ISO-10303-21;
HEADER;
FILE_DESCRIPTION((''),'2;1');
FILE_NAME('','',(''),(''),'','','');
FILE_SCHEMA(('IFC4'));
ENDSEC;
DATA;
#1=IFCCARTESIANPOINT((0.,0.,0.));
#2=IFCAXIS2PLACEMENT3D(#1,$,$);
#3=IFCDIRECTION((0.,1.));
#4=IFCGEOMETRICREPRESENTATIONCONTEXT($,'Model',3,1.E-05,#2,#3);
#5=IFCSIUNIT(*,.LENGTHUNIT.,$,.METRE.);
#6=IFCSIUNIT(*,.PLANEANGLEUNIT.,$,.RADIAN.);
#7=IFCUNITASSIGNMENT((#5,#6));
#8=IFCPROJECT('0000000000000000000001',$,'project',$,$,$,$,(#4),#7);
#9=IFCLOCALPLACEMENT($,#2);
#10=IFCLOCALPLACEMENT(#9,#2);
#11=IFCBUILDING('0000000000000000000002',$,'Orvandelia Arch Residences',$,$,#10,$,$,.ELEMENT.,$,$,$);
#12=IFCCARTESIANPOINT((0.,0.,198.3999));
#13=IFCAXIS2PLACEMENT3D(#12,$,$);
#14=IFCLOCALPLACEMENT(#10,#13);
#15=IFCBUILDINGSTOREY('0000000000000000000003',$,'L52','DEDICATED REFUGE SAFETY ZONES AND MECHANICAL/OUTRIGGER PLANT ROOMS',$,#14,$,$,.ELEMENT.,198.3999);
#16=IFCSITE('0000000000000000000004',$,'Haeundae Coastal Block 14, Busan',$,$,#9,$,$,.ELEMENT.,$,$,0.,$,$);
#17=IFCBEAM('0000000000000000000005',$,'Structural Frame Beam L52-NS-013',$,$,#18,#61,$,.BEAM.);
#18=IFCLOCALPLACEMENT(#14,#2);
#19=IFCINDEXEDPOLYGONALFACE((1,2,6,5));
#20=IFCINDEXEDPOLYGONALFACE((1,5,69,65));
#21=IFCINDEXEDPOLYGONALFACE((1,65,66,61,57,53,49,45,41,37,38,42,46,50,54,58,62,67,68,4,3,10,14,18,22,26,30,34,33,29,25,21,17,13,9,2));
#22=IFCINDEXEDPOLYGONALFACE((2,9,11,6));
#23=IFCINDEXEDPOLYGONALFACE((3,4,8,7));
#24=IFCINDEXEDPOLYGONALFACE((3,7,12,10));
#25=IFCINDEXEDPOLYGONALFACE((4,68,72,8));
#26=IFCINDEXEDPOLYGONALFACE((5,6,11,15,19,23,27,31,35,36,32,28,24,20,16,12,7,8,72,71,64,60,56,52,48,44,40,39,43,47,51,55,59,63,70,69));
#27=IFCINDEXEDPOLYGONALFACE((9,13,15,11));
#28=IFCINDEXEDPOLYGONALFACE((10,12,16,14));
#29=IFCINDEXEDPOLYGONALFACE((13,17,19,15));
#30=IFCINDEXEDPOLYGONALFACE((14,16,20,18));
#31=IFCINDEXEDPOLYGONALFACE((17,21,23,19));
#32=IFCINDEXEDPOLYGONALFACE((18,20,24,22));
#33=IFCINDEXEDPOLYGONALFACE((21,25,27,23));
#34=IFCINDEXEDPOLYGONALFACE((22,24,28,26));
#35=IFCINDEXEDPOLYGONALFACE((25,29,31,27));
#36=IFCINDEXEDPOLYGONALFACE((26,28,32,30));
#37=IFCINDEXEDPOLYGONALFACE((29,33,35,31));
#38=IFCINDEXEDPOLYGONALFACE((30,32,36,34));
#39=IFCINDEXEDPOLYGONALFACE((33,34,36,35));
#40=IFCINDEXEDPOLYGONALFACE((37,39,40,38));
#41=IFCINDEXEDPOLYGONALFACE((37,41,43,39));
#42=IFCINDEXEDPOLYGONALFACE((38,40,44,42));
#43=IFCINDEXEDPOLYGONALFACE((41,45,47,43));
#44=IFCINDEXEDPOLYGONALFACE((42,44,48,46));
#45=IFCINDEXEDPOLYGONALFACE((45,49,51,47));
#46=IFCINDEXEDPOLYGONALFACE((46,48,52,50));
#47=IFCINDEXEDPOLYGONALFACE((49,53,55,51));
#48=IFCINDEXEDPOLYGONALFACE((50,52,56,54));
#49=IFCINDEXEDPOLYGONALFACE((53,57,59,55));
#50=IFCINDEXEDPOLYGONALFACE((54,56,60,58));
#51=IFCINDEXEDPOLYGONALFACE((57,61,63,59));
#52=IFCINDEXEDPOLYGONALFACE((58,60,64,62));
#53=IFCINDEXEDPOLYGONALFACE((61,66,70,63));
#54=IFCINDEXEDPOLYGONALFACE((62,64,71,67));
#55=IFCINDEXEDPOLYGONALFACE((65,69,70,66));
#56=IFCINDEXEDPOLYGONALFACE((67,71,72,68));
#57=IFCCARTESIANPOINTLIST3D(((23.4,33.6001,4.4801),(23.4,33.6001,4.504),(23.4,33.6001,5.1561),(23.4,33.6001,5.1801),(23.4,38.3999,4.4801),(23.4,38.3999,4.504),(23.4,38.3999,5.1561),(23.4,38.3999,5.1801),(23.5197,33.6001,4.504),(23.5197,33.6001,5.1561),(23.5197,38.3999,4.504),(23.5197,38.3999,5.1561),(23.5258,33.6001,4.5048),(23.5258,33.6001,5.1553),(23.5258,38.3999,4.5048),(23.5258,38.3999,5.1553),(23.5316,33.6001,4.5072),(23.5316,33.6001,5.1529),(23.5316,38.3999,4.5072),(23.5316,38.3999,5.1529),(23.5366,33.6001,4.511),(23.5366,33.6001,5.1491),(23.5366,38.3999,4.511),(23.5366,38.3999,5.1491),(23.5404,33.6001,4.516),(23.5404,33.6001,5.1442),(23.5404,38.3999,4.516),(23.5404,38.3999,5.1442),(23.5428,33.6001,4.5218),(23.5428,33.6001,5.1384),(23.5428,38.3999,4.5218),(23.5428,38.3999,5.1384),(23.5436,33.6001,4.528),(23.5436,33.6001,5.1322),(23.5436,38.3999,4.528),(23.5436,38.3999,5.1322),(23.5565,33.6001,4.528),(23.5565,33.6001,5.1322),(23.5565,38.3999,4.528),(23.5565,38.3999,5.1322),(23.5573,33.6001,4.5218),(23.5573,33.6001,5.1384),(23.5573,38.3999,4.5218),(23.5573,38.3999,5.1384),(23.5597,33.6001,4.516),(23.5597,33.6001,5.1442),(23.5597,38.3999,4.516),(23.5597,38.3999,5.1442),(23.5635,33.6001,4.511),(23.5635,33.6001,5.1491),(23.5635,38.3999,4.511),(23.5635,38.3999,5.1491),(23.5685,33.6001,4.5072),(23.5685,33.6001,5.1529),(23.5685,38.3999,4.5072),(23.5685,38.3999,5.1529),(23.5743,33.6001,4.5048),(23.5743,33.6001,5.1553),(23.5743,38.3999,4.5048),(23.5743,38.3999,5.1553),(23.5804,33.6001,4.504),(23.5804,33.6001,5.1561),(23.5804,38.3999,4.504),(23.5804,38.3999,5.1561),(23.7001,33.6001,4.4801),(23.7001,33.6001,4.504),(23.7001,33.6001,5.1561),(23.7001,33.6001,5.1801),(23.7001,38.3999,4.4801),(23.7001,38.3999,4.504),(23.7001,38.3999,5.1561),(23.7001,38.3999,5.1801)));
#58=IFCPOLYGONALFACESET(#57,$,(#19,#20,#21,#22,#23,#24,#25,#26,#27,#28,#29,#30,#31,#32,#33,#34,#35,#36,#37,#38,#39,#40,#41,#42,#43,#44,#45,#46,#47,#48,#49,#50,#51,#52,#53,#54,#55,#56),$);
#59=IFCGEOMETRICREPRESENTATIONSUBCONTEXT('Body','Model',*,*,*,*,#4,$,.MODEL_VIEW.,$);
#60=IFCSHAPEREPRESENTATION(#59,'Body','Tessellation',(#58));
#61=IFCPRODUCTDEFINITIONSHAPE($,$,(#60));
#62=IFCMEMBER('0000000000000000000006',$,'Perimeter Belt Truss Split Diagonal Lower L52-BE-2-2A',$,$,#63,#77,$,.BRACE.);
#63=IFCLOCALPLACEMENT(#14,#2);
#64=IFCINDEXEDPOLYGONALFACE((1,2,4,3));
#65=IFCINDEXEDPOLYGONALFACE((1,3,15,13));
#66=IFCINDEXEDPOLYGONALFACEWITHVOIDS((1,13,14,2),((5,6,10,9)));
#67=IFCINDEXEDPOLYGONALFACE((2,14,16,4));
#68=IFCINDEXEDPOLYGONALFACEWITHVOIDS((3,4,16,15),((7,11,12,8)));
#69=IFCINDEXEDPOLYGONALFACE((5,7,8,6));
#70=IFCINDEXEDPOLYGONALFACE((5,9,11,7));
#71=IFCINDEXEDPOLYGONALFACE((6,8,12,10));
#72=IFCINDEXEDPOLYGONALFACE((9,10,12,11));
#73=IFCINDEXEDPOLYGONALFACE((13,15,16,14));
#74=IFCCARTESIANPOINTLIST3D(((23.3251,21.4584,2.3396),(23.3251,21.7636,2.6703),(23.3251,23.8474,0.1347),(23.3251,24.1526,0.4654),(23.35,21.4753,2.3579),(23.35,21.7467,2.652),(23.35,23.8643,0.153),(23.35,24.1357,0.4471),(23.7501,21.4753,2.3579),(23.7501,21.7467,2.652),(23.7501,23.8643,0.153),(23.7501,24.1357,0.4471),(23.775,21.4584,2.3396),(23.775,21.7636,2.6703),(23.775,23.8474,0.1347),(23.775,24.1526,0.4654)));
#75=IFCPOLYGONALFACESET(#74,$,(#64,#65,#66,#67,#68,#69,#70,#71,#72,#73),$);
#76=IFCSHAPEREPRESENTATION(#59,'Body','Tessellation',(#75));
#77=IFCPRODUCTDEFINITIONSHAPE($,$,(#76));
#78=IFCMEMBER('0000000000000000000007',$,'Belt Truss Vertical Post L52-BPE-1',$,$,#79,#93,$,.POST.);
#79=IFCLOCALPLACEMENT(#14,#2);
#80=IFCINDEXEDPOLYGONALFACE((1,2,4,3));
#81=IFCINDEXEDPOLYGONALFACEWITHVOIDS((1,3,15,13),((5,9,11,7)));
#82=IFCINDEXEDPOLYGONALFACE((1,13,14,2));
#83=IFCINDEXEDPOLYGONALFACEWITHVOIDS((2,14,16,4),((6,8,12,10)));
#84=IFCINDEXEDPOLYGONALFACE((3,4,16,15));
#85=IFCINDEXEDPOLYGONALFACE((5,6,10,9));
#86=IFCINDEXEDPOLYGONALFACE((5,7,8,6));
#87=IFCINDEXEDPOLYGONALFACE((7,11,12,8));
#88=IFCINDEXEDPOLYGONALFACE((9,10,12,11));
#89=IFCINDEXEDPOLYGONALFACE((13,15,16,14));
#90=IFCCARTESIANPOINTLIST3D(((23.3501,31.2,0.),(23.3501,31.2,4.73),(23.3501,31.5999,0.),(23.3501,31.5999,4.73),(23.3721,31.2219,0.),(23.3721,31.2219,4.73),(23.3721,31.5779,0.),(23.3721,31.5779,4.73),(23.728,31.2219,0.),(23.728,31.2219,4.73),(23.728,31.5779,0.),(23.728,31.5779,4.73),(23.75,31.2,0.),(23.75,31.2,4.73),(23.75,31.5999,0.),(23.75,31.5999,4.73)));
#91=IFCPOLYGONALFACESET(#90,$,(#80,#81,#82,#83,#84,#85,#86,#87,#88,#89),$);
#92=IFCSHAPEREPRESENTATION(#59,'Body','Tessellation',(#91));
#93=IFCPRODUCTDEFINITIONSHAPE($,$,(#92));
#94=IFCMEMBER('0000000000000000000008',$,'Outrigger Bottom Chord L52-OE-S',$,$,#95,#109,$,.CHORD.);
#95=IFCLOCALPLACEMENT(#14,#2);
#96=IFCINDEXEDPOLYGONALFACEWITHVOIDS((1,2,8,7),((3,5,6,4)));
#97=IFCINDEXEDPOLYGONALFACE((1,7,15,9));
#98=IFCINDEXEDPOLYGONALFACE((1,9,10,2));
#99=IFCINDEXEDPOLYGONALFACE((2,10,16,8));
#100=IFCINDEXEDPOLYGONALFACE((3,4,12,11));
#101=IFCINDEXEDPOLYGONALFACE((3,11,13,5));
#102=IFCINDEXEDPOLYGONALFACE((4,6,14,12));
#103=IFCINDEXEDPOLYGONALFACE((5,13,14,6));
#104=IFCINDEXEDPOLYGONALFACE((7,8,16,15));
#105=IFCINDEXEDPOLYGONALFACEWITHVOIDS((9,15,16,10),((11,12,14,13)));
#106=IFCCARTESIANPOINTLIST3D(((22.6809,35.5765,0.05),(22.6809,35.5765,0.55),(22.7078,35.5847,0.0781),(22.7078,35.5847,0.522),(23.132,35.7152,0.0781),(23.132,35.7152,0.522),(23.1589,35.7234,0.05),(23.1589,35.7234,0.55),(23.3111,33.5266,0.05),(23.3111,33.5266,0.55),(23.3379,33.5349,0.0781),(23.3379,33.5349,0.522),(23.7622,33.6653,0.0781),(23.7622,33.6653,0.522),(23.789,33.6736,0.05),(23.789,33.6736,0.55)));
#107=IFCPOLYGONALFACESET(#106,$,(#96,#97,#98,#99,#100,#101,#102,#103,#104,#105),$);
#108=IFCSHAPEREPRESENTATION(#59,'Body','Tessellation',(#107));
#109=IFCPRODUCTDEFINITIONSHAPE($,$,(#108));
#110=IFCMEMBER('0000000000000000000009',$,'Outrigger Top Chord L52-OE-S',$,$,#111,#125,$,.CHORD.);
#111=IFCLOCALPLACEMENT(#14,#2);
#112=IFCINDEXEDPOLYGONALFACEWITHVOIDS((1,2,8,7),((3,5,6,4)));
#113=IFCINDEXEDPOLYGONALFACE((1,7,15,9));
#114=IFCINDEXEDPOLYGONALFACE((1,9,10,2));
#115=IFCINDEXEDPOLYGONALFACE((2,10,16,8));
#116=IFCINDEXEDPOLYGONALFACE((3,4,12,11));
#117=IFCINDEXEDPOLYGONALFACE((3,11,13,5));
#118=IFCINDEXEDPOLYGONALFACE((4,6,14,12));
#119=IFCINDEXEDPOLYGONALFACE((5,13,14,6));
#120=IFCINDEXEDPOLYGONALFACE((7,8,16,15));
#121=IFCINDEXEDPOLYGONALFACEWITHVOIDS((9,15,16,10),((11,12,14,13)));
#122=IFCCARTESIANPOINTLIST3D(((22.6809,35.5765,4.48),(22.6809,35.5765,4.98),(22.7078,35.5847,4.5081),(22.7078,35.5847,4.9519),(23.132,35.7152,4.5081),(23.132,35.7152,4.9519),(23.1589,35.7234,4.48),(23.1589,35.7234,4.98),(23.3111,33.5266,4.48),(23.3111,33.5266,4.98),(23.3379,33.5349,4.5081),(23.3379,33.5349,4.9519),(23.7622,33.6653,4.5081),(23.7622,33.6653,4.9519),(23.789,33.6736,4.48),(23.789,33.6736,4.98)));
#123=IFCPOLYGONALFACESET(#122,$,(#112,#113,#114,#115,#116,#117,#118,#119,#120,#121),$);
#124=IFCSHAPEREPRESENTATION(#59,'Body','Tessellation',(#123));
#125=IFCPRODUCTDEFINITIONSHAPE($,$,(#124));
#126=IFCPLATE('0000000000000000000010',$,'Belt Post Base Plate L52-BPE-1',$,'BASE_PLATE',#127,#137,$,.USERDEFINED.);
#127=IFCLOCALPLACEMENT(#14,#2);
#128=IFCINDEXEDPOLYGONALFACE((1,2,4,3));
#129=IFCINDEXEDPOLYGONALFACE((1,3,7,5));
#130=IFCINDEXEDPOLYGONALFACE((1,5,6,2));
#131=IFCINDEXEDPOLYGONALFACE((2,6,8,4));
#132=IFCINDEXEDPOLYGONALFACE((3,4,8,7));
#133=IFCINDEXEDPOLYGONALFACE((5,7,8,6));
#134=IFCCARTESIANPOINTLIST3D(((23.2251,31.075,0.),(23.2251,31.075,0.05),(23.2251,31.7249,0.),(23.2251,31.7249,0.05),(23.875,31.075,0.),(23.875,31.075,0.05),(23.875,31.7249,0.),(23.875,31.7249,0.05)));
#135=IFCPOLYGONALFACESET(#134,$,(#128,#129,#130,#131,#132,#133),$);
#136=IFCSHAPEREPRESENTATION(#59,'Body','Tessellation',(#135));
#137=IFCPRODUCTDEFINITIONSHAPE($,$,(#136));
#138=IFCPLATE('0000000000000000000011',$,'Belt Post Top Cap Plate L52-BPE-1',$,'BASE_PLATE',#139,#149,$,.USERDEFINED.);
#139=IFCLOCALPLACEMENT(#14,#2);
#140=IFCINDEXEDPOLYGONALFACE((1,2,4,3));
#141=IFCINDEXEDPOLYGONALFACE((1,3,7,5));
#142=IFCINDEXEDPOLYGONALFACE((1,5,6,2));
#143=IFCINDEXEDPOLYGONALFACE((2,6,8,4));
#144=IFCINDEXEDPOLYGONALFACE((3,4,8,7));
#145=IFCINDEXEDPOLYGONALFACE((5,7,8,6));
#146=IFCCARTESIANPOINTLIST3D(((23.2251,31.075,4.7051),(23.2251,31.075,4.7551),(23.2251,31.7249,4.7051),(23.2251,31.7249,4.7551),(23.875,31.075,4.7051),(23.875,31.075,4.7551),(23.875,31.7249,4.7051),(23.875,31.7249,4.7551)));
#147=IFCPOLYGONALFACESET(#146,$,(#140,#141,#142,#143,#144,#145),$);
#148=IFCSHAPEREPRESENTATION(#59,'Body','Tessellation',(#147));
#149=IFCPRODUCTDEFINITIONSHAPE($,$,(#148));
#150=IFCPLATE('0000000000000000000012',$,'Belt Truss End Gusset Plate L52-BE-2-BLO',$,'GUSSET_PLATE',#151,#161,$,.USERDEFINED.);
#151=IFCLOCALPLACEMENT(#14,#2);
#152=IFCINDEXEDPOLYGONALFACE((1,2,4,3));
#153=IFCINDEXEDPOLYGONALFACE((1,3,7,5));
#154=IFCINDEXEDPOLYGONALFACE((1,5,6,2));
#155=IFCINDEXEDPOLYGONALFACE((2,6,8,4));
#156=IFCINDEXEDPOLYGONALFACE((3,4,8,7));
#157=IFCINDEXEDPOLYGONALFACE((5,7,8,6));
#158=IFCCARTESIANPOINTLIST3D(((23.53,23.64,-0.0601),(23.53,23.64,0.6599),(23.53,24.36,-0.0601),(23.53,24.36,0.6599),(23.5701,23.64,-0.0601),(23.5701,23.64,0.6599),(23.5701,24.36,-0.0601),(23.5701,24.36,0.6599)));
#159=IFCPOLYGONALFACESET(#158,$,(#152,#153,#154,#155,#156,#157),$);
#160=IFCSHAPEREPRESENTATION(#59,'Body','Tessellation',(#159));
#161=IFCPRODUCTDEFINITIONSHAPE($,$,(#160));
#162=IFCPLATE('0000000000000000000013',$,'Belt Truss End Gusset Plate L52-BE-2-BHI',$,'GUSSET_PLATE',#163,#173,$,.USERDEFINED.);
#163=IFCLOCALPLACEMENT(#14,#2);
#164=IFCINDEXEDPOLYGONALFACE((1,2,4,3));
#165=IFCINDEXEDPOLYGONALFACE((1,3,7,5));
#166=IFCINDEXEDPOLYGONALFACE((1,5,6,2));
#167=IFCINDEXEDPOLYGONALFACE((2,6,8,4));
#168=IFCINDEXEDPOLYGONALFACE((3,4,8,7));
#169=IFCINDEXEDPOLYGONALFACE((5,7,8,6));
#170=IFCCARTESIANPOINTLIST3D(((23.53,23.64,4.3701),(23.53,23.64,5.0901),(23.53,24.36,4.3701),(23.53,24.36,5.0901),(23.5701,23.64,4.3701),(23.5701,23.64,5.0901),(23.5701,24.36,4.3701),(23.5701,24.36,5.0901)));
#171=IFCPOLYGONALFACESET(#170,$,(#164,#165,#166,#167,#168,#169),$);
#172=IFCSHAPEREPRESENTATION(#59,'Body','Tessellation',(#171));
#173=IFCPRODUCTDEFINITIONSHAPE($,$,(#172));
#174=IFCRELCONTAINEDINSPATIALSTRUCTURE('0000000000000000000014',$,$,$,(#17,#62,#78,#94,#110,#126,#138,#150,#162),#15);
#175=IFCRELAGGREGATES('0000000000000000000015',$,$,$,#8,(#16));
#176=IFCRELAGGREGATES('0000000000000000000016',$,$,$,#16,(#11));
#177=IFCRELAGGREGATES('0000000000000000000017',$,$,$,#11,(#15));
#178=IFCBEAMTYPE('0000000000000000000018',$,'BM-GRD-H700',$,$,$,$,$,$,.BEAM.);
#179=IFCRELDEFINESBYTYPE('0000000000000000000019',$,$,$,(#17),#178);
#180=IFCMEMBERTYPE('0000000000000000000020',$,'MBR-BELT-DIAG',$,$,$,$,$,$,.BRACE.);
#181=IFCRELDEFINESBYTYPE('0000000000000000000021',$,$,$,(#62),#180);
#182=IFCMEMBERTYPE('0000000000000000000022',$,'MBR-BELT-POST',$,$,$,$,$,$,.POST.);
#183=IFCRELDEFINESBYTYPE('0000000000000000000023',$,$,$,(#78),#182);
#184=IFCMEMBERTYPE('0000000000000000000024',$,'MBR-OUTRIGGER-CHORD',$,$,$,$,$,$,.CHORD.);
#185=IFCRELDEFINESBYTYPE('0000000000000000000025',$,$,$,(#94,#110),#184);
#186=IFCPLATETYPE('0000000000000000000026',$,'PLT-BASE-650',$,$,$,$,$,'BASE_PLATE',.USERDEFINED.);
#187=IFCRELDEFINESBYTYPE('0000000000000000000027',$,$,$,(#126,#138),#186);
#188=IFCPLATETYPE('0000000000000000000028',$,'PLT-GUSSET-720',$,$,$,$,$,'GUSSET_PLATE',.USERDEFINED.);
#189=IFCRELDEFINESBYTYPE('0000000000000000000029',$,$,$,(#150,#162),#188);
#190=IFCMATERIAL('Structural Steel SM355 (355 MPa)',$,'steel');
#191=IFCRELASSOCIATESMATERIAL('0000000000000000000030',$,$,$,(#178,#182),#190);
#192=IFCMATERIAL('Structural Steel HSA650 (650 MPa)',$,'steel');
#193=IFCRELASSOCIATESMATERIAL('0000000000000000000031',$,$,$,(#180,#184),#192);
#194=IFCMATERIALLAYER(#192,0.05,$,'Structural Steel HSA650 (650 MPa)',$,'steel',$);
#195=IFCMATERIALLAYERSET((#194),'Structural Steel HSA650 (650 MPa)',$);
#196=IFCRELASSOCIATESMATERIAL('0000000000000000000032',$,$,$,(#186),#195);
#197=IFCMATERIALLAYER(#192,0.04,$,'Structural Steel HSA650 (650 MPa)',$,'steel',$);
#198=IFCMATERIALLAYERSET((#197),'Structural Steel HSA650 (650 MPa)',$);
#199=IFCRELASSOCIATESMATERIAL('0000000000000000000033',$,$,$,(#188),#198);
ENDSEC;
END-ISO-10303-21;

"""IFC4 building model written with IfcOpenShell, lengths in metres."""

from ifc_helpers import new_model, si_unit, direction, frame, origin, origin_2d, place, context, subcontext, project, spatial, rectangle, hollow_rectangle, i_section, extrude, material, layer, layer_set, material_profile, profile_set, type_object, element, save


model = new_model("IFC4")

# Units and contexts
model_context = context("Model", 3, precision=1e-05, world=origin(), true_north=direction((0.0, 1.0)))
body_context = subcontext(model_context, "Body", "Model", "MODEL_VIEW")
ifc_project = project(units=[si_unit("LENGTHUNIT", "METRE"), si_unit("PLANEANGLEUNIT", "RADIAN")], contexts=[model_context])

# Site, building, storey
site_placement = place(None, origin())
site = spatial("IfcSite", under=ifc_project, at=site_placement, Name="Haeundae Coastal Block 14, Busan", CompositionType="ELEMENT", RefElevation=0.0)
building_placement = place(site_placement, origin())
building = spatial("IfcBuilding", under=site, at=building_placement, Name="Orvandelia Arch Residences", CompositionType="ELEMENT")
storey_placement = place(building_placement, frame((0.0, 0.0, 198.3999)))
storey = spatial("IfcBuildingStorey", under=building, at=storey_placement, Name="L52", Description="DEDICATED REFUGE SAFETY ZONES AND MECHANICAL/OUTRIGGER PLANT ROOMS", CompositionType="ELEMENT", Elevation=198.3999)

# Beam
ifc_material_1 = material(Name="Structural Steel SM355 (355 MPa)", Category="steel")
ifc_material_profile_1 = material_profile(ifc_material_1, i_section(OverallWidth=0.3, OverallDepth=0.7, WebThickness=0.0129, FlangeThickness=0.0239, FilletRadius=0.0239, at=origin_2d()), Name="Structural Steel SM355 (355 MPa)", Category="steel")
ifc_profile_set_1 = profile_set([ifc_material_profile_1], Name="Structural Steel SM355 (355 MPa)")
beam_type = type_object("IfcBeamType", Name="BM-GRD-H700", PredefinedType="BEAM", material=ifc_profile_set_1)
beam_1_placement = place(storey_placement, frame((23.55, 33.6001, 4.8301), z_axis=(0.0, 1.0, 0.0), x_axis=(-1.0, 0.0, 0.0)))
element("IfcBeam", 1, at=beam_1_placement, inside=storey, type_object=beam_type, Name="Structural Frame Beam L52-NS-013", PredefinedType="BEAM", context=body_context, shape_type="SweptSolid", body=[
    extrude(i_section(OverallWidth=0.3, OverallDepth=0.7, WebThickness=0.0129, FlangeThickness=0.0239, FilletRadius=0.0239, at=origin_2d()), origin(), (0.0, 0.0, 1.0), 4.7998),
])

# Members
ifc_material_2 = material(Name="Structural Steel HSA650 (650 MPa)", Category="steel")
ifc_material_profile_2 = material_profile(ifc_material_2, hollow_rectangle(XDim=0.45, YDim=0.45, WallThickness=0.0249, at=origin_2d()), Name="Structural Steel HSA650 (650 MPa)", Category="steel")
ifc_profile_set_2 = profile_set([ifc_material_profile_2], Name="Structural Steel HSA650 (650 MPa)")
member_type_1 = type_object("IfcMemberType", Name="MBR-BELT-DIAG", PredefinedType="BRACE", material=ifc_profile_set_2)
member_1_placement = place(storey_placement, frame((23.55, 24.0, 0.3), z_axis=(0.0, -0.734852, 0.678227), x_axis=(1.0, 0.0, 0.0)))
element("IfcMember", 2, at=member_1_placement, inside=storey, type_object=member_type_1, Name="Perimeter Belt Truss Split Diagonal Lower L52-BE-2-2A", PredefinedType="BRACE", context=body_context, shape_type="SweptSolid", body=[
    extrude(hollow_rectangle(XDim=0.45, YDim=0.45, WallThickness=0.0249, at=origin_2d()), origin(), (0.0, 0.0, 1.0), 3.251),
])
ifc_material_profile_3 = material_profile(ifc_material_1, hollow_rectangle(XDim=0.3999, YDim=0.3999, WallThickness=0.022, at=origin_2d()), Name="Structural Steel SM355 (355 MPa)", Category="steel")
ifc_profile_set_3 = profile_set([ifc_material_profile_3], Name="Structural Steel SM355 (355 MPa)")
member_type_2 = type_object("IfcMemberType", Name="MBR-BELT-POST", PredefinedType="POST", material=ifc_profile_set_3)
member_2_placement = place(storey_placement, frame((23.55, 31.3999, 0.0), z_axis=(0.0, 0.0, 1.0), x_axis=(1.0, 0.0, 0.0)))
element("IfcMember", 3, at=member_2_placement, inside=storey, type_object=member_type_2, Name="Belt Truss Vertical Post L52-BPE-1", PredefinedType="POST", context=body_context, shape_type="SweptSolid", body=[
    extrude(hollow_rectangle(XDim=0.3999, YDim=0.3999, WallThickness=0.022, at=origin_2d()), origin(), (0.0, 0.0, 1.0), 4.73),
])
ifc_material_profile_4 = material_profile(ifc_material_2, hollow_rectangle(XDim=0.5, YDim=0.5, WallThickness=0.0281, at=origin_2d()), Name="Structural Steel HSA650 (650 MPa)", Category="steel")
ifc_profile_set_4 = profile_set([ifc_material_profile_4], Name="Structural Steel HSA650 (650 MPa)")
member_type_3 = type_object("IfcMemberType", Name="MBR-OUTRIGGER-CHORD", PredefinedType="CHORD", material=ifc_profile_set_4)
for number, where, z_axis, x_axis, name in (
    (4, (23.55, 33.6001, 0.3), (-0.293838, 0.955855, 0.0), (-0.955855, -0.293838, 0.0), "Outrigger Bottom Chord L52-OE-S"),
    (5, (23.55, 33.6001, 4.73), (-0.293838, 0.955855, 0.0), (-0.955855, -0.293838, 0.0), "Outrigger Top Chord L52-OE-S"),
):
    element("IfcMember", number, at=place(storey_placement, frame(where, z_axis=z_axis, x_axis=x_axis)), inside=storey, type_object=member_type_3, Name=name, PredefinedType="CHORD", context=body_context, shape_type="SweptSolid", body=[
        extrude(hollow_rectangle(XDim=0.5, YDim=0.5, WallThickness=0.0281, at=origin_2d()), origin(), (0.0, 0.0, 1.0), 2.1445),
    ])

# Plates
ifc_layer_1 = layer(ifc_material_2, 0.05, Name="Structural Steel HSA650 (650 MPa)", Category="steel")
ifc_layer_set_1 = layer_set([ifc_layer_1], Name="Structural Steel HSA650 (650 MPa)")
plate_type_1 = type_object("IfcPlateType", Name="PLT-BASE-650", ElementType="BASE_PLATE", PredefinedType="USERDEFINED", material=ifc_layer_set_1)
for number, where, z_axis, x_axis, name in (
    (6, (23.55, 31.3999, 0.0), (0.0, 0.0, 1.0), (1.0, 0.0, 0.0), "Belt Post Base Plate L52-BPE-1"),
    (7, (23.55, 31.3999, 4.7051), (0.0, 0.0, 1.0), (1.0, 0.0, 0.0), "Belt Post Top Cap Plate L52-BPE-1"),
):
    element("IfcPlate", number, at=place(storey_placement, frame(where, z_axis=z_axis, x_axis=x_axis)), inside=storey, type_object=plate_type_1, Name=name, ObjectType="BASE_PLATE", PredefinedType="USERDEFINED", context=body_context, shape_type="SweptSolid", body=[
        extrude(rectangle(XDim=0.6499, YDim=0.6499, at=origin_2d()), origin(), (0.0, 0.0, 1.0), 0.05),
    ])
ifc_layer_2 = layer(ifc_material_2, 0.04, Name="Structural Steel HSA650 (650 MPa)", Category="steel")
ifc_layer_set_2 = layer_set([ifc_layer_2], Name="Structural Steel HSA650 (650 MPa)")
plate_type_2 = type_object("IfcPlateType", Name="PLT-GUSSET-720", ElementType="GUSSET_PLATE", PredefinedType="USERDEFINED", material=ifc_layer_set_2)
for number, where, z_axis, x_axis, name in (
    (8, (23.55, 24.0, -0.0601), (0.0, 0.0, 1.0), (0.0, 1.0, 0.0), "Belt Truss End Gusset Plate L52-BE-2-BLO"),
    (9, (23.55, 24.0, 4.3701), (0.0, 0.0, 1.0), (0.0, 1.0, 0.0), "Belt Truss End Gusset Plate L52-BE-2-BHI"),
):
    element("IfcPlate", number, at=place(storey_placement, frame(where, z_axis=z_axis, x_axis=x_axis)), inside=storey, type_object=plate_type_2, Name=name, ObjectType="GUSSET_PLATE", PredefinedType="USERDEFINED", context=body_context, shape_type="SweptSolid", body=[
        extrude(rectangle(XDim=0.72, YDim=0.04, at=origin_2d()), origin(), (0.0, 0.0, 1.0), 0.72),
    ])

save(model, "model.ifc")
